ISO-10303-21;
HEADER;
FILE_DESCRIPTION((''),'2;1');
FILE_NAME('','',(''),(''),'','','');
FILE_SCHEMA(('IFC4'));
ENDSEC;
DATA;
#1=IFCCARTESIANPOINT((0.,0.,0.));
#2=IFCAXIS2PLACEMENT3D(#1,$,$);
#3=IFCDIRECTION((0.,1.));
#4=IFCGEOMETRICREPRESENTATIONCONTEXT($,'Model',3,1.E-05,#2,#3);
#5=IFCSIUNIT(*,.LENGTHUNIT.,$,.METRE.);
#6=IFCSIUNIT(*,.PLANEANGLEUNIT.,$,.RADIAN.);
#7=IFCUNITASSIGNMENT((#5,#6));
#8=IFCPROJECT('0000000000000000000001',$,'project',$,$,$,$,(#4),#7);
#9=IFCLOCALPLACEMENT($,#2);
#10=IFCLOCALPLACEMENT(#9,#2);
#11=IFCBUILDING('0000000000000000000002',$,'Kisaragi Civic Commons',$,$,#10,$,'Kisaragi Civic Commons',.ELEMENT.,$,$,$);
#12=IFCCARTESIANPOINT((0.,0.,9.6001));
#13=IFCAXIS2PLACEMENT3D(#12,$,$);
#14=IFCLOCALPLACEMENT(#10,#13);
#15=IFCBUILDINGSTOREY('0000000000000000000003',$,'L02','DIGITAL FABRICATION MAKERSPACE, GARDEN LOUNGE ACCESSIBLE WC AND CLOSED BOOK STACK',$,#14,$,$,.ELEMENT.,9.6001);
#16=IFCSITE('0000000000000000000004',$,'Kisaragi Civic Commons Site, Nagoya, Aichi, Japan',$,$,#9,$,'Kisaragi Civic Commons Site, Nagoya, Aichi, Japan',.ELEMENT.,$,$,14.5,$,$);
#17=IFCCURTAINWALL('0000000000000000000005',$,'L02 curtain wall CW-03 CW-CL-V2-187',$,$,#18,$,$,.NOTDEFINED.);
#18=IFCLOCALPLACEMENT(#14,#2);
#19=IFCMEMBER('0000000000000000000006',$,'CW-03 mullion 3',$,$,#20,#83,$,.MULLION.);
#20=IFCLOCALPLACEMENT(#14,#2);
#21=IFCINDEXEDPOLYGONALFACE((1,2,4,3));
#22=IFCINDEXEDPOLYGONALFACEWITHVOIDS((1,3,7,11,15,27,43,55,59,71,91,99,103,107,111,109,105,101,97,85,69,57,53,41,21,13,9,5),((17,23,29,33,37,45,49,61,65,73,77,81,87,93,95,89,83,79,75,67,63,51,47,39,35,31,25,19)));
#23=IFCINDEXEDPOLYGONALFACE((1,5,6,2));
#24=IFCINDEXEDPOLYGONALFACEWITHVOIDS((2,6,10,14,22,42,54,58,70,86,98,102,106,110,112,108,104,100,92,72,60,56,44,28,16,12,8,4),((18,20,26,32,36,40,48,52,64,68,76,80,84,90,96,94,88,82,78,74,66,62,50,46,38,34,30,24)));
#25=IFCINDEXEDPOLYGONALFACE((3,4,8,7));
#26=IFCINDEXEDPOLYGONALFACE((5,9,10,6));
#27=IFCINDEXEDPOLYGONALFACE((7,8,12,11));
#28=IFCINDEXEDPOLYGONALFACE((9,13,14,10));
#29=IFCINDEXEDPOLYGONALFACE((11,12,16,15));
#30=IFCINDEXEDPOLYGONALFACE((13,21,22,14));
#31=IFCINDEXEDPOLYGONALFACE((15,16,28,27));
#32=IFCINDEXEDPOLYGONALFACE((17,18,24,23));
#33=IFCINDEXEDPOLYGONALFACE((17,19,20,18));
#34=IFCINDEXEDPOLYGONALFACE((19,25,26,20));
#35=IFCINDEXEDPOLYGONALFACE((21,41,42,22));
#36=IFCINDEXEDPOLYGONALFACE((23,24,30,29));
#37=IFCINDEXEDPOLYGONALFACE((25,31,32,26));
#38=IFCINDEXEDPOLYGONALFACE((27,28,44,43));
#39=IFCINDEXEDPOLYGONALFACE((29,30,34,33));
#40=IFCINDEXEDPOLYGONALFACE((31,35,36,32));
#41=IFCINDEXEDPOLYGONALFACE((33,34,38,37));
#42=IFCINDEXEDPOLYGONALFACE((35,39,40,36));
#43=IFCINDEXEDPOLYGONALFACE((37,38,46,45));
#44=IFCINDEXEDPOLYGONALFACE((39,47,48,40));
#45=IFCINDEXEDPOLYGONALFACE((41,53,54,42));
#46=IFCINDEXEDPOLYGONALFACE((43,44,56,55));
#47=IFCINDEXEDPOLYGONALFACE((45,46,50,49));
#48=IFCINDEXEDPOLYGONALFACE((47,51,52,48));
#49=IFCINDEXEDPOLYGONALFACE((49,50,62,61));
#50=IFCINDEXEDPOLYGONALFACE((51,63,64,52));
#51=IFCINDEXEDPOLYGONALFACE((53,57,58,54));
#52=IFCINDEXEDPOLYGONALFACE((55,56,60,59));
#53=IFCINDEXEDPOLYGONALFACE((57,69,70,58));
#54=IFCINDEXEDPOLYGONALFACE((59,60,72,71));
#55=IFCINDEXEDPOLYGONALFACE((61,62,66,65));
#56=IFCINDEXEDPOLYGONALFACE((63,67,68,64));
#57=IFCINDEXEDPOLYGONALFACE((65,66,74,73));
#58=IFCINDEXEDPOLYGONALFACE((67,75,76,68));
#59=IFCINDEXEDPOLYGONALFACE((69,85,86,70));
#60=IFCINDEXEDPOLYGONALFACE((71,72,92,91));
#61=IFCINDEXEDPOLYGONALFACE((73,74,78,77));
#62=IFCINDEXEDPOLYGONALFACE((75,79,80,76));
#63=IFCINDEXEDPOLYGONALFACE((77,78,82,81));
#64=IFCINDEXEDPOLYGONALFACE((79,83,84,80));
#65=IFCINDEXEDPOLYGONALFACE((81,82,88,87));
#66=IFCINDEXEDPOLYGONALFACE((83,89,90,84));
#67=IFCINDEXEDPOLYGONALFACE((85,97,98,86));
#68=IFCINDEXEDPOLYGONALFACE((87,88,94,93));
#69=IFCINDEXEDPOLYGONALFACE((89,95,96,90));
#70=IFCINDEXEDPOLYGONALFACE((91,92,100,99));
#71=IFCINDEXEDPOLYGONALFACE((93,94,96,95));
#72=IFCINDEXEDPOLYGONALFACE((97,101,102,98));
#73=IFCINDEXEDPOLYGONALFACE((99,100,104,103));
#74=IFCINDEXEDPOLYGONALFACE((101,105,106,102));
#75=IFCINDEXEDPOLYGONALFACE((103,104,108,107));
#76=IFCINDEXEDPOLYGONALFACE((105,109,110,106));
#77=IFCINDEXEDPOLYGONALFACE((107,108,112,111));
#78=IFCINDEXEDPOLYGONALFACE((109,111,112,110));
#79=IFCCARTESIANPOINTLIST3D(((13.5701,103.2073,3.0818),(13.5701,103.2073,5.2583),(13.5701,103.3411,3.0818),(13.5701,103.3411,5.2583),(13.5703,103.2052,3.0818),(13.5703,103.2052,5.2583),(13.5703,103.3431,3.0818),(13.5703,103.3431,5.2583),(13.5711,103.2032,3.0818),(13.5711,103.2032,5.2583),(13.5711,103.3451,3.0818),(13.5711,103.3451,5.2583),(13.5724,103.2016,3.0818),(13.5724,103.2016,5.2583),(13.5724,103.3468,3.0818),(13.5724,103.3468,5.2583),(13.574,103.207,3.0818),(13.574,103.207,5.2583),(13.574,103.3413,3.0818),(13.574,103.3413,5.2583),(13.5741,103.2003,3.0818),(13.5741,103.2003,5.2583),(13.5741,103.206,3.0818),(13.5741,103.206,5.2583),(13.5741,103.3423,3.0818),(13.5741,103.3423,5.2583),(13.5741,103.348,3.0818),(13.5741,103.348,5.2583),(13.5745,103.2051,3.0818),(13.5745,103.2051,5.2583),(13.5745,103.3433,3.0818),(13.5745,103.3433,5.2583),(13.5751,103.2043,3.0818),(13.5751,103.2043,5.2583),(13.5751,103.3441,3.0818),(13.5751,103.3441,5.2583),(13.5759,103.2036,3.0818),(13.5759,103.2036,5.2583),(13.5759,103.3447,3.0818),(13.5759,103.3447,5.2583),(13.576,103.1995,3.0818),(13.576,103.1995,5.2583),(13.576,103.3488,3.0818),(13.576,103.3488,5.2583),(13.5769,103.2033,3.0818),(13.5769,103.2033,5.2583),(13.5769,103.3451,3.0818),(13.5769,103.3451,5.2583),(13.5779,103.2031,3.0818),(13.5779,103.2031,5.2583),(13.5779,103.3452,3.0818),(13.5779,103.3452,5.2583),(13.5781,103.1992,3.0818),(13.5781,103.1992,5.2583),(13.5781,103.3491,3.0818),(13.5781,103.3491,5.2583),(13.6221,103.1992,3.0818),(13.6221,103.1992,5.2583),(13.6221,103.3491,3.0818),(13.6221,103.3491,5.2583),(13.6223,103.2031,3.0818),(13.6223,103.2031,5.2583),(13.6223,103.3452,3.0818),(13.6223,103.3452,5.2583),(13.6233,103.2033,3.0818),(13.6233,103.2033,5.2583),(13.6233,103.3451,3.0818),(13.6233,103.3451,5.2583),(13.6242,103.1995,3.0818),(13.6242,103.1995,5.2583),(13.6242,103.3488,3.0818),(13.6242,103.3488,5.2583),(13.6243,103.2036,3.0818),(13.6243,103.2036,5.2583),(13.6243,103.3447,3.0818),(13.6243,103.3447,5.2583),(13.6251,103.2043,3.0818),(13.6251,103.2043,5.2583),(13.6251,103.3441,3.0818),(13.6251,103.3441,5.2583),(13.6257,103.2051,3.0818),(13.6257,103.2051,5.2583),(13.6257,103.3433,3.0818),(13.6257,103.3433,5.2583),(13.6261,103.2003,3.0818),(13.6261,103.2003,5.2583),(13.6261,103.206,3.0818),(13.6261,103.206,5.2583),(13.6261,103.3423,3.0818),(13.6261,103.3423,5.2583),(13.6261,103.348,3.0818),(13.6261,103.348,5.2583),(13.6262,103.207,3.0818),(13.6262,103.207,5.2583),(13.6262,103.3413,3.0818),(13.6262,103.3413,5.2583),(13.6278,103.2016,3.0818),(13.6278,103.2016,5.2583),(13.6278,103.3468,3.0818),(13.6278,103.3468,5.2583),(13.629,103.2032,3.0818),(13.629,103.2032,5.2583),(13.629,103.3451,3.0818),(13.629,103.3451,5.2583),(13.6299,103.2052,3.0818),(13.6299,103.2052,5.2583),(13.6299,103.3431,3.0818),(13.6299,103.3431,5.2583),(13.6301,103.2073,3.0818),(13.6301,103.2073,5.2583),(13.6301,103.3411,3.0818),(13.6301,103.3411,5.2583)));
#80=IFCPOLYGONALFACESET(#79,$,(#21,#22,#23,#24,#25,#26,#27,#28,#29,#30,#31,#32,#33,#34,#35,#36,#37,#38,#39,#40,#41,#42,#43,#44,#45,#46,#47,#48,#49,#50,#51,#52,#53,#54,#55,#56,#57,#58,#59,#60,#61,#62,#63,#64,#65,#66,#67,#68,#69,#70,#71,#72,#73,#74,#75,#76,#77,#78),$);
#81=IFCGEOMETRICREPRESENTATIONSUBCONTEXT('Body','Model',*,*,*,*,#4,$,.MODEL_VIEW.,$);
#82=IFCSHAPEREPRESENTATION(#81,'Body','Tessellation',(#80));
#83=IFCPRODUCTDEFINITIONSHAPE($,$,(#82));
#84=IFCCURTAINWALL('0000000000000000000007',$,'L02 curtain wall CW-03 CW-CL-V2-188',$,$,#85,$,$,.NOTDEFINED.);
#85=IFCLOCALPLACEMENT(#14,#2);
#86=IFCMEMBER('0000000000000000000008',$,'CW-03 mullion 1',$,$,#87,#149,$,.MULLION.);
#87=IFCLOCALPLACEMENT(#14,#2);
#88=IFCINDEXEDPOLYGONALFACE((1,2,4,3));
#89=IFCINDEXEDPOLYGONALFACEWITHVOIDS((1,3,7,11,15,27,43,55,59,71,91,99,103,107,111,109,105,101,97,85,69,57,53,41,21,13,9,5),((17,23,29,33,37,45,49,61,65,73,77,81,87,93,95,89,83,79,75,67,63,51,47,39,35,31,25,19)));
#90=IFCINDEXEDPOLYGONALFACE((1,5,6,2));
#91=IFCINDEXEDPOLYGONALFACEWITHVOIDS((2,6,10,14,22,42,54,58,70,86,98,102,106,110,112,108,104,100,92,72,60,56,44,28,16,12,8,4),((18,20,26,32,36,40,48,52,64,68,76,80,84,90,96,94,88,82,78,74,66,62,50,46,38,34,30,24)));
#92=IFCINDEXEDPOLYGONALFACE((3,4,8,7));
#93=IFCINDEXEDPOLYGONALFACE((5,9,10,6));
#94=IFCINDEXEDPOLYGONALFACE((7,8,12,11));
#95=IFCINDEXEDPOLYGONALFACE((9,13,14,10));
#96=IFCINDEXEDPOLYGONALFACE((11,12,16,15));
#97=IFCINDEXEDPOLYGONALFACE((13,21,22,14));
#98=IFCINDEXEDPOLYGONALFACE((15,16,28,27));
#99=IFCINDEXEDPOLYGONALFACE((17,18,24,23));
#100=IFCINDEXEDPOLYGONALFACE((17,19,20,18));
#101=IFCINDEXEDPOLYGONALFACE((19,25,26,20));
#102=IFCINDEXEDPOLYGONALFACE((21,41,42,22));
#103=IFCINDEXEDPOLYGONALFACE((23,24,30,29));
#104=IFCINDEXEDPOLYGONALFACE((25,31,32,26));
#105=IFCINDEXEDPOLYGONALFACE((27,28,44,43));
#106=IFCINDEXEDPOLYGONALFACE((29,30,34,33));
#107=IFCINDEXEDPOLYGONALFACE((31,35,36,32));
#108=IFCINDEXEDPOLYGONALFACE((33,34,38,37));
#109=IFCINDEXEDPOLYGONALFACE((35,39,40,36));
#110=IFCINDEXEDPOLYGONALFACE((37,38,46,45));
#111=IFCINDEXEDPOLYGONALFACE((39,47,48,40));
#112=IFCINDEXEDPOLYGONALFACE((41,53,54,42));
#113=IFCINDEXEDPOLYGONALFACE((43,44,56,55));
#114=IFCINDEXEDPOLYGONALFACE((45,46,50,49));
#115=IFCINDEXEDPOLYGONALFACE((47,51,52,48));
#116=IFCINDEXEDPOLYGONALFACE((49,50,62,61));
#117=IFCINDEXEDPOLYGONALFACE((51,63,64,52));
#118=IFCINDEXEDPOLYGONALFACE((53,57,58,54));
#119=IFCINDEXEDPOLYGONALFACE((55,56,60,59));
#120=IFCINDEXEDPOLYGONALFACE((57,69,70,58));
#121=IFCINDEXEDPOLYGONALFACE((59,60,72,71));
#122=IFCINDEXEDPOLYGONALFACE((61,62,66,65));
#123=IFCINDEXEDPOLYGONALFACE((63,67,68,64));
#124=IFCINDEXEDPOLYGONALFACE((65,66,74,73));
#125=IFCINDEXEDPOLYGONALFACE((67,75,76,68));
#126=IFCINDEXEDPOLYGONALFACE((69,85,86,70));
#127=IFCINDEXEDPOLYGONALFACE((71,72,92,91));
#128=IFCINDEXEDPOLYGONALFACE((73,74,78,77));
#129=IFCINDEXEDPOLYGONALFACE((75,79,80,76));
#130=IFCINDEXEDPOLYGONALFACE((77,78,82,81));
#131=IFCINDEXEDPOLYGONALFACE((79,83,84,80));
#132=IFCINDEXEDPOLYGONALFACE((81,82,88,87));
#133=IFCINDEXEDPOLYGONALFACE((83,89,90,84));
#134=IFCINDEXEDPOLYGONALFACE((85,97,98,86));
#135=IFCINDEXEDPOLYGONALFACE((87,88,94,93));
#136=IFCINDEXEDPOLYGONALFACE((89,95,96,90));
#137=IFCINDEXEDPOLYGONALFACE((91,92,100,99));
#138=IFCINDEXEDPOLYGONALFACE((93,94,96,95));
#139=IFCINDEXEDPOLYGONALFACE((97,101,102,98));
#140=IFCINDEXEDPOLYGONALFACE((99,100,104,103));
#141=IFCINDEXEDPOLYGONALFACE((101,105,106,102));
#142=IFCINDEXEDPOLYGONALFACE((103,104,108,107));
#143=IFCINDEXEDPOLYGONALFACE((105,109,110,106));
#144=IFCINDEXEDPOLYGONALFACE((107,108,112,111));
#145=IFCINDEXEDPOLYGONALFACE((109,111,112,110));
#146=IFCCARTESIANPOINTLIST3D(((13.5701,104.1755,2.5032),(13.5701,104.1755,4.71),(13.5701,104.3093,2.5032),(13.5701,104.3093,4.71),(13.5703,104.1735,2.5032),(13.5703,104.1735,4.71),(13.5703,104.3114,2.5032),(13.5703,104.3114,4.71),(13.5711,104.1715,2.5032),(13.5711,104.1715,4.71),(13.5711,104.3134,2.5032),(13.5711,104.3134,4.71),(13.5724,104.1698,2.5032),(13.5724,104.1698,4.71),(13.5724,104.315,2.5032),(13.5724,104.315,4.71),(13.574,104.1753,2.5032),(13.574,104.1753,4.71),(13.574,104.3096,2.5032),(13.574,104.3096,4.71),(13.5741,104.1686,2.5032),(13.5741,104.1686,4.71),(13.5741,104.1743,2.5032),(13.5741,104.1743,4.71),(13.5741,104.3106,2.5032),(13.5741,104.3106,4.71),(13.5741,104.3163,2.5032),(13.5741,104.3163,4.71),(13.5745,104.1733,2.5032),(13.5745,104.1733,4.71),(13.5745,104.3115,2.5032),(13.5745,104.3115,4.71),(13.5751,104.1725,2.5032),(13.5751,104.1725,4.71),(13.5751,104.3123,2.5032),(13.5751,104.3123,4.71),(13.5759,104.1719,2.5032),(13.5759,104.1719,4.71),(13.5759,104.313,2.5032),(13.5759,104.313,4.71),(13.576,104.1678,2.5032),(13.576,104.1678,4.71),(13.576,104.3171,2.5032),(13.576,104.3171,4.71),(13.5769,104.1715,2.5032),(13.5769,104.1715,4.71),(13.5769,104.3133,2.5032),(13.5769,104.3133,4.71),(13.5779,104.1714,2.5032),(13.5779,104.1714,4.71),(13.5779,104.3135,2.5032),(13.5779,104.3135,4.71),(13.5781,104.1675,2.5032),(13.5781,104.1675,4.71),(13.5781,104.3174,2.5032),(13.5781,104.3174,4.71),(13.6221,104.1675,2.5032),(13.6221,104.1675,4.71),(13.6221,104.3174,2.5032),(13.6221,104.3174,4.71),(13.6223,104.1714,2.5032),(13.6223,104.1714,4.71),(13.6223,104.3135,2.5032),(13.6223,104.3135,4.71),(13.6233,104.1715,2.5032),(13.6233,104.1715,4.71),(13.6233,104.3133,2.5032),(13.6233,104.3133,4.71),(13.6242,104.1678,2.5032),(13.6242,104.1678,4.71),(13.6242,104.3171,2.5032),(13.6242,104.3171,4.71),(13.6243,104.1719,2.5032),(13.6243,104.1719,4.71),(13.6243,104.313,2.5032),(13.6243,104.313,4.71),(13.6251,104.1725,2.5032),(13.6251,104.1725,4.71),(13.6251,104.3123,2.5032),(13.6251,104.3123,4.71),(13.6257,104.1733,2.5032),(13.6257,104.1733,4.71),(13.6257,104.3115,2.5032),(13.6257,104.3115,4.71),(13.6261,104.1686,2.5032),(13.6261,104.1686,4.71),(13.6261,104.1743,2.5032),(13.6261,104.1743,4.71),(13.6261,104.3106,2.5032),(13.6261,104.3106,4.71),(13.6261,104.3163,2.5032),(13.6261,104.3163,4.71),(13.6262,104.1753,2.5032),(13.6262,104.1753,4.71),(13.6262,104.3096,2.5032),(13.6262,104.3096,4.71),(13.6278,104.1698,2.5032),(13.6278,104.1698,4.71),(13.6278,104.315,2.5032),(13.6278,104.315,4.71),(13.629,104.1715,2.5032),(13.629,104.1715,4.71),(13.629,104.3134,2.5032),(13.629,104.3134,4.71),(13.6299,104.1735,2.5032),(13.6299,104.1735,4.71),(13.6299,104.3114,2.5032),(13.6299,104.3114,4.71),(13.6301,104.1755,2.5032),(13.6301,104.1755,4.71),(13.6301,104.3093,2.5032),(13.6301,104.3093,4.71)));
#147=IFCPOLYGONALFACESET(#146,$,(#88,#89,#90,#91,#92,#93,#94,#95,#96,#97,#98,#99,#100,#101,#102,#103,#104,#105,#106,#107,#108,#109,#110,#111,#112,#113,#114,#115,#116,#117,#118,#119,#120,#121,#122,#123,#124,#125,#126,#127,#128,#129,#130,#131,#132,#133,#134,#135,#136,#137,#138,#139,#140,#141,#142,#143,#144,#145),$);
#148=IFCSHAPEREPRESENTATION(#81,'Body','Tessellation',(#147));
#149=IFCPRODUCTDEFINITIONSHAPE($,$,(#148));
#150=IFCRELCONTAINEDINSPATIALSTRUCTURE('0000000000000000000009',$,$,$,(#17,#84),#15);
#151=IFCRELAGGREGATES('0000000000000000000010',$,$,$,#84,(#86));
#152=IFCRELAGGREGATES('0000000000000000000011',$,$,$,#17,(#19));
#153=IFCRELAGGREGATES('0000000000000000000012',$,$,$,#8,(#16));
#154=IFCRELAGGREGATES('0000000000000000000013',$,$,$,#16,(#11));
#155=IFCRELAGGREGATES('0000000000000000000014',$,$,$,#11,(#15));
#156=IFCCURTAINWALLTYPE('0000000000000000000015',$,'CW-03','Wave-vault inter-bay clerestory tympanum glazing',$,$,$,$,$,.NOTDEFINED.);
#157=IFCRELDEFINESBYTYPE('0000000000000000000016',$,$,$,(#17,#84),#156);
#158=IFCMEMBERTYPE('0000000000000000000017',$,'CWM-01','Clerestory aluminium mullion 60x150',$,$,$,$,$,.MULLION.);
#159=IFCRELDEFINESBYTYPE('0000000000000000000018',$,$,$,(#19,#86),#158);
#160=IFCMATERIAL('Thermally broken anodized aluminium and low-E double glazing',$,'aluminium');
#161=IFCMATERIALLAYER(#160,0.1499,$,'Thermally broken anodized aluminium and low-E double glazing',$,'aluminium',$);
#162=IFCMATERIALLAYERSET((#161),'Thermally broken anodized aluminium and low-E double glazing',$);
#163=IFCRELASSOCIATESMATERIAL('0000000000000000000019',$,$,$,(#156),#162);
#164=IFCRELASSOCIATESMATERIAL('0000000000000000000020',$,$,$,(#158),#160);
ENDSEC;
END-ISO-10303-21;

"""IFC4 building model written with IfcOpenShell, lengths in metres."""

from ifc_helpers import new_model, si_unit, direction, frame, origin, origin_2d, place, context, subcontext, project, spatial, hollow_rectangle, extrude, material, layer, layer_set, material_profile, profile_set, type_object, element, aggregate, save


model = new_model("IFC4")

# Units and contexts
model_context = context("Model", 3, precision=1e-05, world=origin(), true_north=direction((0.0, 1.0)))
body_context = subcontext(model_context, "Body", "Model", "MODEL_VIEW")
ifc_project = project(units=[si_unit("LENGTHUNIT", "METRE"), si_unit("PLANEANGLEUNIT", "RADIAN")], contexts=[model_context])

# Site, building, storey
site_placement = place(None, origin())
site = spatial("IfcSite", under=ifc_project, at=site_placement, Name="Kisaragi Civic Commons Site, Nagoya, Aichi, Japan", LongName="Kisaragi Civic Commons Site, Nagoya, Aichi, Japan", CompositionType="ELEMENT", RefElevation=14.5)
building_placement = place(site_placement, origin())
building = spatial("IfcBuilding", under=site, at=building_placement, Name="Kisaragi Civic Commons", LongName="Kisaragi Civic Commons", CompositionType="ELEMENT")
storey_placement = place(building_placement, frame((0.0, 0.0, 9.6001)))
storey = spatial("IfcBuildingStorey", under=building, at=storey_placement, Name="L02", Description="DIGITAL FABRICATION MAKERSPACE, GARDEN LOUNGE ACCESSIBLE WC AND CLOSED BOOK STACK", CompositionType="ELEMENT", Elevation=9.6001)

# Curtain wall, member
ifc_material_1 = material(Name="Thermally broken anodized aluminium and low-E double glazing", Category="aluminium")
ifc_layer_1 = layer(ifc_material_1, 0.1499, Name="Thermally broken anodized aluminium and low-E double glazing", Category="aluminium")
ifc_layer_set_1 = layer_set([ifc_layer_1], Name="Thermally broken anodized aluminium and low-E double glazing")
curtain_wall_type = type_object("IfcCurtainWallType", Name="CW-03", Description="Wave-vault inter-bay clerestory tympanum glazing", PredefinedType="NOTDEFINED", material=ifc_layer_set_1)
curtain_wall_1_placement = place(storey_placement, origin())
curtain_wall_1 = element("IfcCurtainWall", 1, at=curtain_wall_1_placement, inside=storey, type_object=curtain_wall_type, Name="L02 curtain wall CW-03 CW-CL-V2-187", PredefinedType="NOTDEFINED")
ifc_material_profile_1 = material_profile(ifc_material_1, hollow_rectangle(XDim=0.0601, YDim=0.1499, WallThickness=0.0039, InnerFilletRadius=0.0039, OuterFilletRadius=0.0081, at=origin_2d()), Name="CWM-60x150x4", Category="aluminium")
ifc_profile_set_1 = profile_set([ifc_material_profile_1], Name="Thermally broken anodized aluminium and low-E double glazing")
member_type_1 = type_object("IfcMemberType", Name="CWM-01", Description="Clerestory aluminium mullion 60x150", PredefinedType="MULLION", material=ifc_profile_set_1)
member_1_placement = place(storey_placement, frame((13.6001, 103.2742, 3.0818), z_axis=(0.0, 0.0, 1.0), x_axis=(-1.0, 0.0, 0.0)))
member_1 = element("IfcMember", 2, at=member_1_placement, type_object=member_type_1, Name="CW-03 mullion 3", PredefinedType="MULLION", context=body_context, shape_type="SweptSolid", body=[
    extrude(hollow_rectangle(XDim=0.0601, YDim=0.1499, WallThickness=0.0039, InnerFilletRadius=0.0039, OuterFilletRadius=0.0081, at=origin_2d()), origin(), (0.0, 0.0, 1.0), 2.1765),
])

# Curtain wall, member
curtain_wall_2_placement = place(storey_placement, origin())
curtain_wall_2 = element("IfcCurtainWall", 3, at=curtain_wall_2_placement, inside=storey, type_object=curtain_wall_type, Name="L02 curtain wall CW-03 CW-CL-V2-188", PredefinedType="NOTDEFINED")
member_2_placement = place(storey_placement, frame((13.6001, 104.2424, 2.5032), z_axis=(0.0, 0.0, 1.0), x_axis=(-1.0, 0.0, 0.0)))
member_2 = element("IfcMember", 4, at=member_2_placement, type_object=member_type_1, Name="CW-03 mullion 1", PredefinedType="MULLION", context=body_context, shape_type="SweptSolid", body=[
    extrude(hollow_rectangle(XDim=0.0601, YDim=0.1499, WallThickness=0.0039, InnerFilletRadius=0.0039, OuterFilletRadius=0.0081, at=origin_2d()), origin(), (0.0, 0.0, 1.0), 2.2068),
])

aggregate(curtain_wall_2, [member_2])
aggregate(curtain_wall_1, [member_1])

save(model, "model.ifc")
